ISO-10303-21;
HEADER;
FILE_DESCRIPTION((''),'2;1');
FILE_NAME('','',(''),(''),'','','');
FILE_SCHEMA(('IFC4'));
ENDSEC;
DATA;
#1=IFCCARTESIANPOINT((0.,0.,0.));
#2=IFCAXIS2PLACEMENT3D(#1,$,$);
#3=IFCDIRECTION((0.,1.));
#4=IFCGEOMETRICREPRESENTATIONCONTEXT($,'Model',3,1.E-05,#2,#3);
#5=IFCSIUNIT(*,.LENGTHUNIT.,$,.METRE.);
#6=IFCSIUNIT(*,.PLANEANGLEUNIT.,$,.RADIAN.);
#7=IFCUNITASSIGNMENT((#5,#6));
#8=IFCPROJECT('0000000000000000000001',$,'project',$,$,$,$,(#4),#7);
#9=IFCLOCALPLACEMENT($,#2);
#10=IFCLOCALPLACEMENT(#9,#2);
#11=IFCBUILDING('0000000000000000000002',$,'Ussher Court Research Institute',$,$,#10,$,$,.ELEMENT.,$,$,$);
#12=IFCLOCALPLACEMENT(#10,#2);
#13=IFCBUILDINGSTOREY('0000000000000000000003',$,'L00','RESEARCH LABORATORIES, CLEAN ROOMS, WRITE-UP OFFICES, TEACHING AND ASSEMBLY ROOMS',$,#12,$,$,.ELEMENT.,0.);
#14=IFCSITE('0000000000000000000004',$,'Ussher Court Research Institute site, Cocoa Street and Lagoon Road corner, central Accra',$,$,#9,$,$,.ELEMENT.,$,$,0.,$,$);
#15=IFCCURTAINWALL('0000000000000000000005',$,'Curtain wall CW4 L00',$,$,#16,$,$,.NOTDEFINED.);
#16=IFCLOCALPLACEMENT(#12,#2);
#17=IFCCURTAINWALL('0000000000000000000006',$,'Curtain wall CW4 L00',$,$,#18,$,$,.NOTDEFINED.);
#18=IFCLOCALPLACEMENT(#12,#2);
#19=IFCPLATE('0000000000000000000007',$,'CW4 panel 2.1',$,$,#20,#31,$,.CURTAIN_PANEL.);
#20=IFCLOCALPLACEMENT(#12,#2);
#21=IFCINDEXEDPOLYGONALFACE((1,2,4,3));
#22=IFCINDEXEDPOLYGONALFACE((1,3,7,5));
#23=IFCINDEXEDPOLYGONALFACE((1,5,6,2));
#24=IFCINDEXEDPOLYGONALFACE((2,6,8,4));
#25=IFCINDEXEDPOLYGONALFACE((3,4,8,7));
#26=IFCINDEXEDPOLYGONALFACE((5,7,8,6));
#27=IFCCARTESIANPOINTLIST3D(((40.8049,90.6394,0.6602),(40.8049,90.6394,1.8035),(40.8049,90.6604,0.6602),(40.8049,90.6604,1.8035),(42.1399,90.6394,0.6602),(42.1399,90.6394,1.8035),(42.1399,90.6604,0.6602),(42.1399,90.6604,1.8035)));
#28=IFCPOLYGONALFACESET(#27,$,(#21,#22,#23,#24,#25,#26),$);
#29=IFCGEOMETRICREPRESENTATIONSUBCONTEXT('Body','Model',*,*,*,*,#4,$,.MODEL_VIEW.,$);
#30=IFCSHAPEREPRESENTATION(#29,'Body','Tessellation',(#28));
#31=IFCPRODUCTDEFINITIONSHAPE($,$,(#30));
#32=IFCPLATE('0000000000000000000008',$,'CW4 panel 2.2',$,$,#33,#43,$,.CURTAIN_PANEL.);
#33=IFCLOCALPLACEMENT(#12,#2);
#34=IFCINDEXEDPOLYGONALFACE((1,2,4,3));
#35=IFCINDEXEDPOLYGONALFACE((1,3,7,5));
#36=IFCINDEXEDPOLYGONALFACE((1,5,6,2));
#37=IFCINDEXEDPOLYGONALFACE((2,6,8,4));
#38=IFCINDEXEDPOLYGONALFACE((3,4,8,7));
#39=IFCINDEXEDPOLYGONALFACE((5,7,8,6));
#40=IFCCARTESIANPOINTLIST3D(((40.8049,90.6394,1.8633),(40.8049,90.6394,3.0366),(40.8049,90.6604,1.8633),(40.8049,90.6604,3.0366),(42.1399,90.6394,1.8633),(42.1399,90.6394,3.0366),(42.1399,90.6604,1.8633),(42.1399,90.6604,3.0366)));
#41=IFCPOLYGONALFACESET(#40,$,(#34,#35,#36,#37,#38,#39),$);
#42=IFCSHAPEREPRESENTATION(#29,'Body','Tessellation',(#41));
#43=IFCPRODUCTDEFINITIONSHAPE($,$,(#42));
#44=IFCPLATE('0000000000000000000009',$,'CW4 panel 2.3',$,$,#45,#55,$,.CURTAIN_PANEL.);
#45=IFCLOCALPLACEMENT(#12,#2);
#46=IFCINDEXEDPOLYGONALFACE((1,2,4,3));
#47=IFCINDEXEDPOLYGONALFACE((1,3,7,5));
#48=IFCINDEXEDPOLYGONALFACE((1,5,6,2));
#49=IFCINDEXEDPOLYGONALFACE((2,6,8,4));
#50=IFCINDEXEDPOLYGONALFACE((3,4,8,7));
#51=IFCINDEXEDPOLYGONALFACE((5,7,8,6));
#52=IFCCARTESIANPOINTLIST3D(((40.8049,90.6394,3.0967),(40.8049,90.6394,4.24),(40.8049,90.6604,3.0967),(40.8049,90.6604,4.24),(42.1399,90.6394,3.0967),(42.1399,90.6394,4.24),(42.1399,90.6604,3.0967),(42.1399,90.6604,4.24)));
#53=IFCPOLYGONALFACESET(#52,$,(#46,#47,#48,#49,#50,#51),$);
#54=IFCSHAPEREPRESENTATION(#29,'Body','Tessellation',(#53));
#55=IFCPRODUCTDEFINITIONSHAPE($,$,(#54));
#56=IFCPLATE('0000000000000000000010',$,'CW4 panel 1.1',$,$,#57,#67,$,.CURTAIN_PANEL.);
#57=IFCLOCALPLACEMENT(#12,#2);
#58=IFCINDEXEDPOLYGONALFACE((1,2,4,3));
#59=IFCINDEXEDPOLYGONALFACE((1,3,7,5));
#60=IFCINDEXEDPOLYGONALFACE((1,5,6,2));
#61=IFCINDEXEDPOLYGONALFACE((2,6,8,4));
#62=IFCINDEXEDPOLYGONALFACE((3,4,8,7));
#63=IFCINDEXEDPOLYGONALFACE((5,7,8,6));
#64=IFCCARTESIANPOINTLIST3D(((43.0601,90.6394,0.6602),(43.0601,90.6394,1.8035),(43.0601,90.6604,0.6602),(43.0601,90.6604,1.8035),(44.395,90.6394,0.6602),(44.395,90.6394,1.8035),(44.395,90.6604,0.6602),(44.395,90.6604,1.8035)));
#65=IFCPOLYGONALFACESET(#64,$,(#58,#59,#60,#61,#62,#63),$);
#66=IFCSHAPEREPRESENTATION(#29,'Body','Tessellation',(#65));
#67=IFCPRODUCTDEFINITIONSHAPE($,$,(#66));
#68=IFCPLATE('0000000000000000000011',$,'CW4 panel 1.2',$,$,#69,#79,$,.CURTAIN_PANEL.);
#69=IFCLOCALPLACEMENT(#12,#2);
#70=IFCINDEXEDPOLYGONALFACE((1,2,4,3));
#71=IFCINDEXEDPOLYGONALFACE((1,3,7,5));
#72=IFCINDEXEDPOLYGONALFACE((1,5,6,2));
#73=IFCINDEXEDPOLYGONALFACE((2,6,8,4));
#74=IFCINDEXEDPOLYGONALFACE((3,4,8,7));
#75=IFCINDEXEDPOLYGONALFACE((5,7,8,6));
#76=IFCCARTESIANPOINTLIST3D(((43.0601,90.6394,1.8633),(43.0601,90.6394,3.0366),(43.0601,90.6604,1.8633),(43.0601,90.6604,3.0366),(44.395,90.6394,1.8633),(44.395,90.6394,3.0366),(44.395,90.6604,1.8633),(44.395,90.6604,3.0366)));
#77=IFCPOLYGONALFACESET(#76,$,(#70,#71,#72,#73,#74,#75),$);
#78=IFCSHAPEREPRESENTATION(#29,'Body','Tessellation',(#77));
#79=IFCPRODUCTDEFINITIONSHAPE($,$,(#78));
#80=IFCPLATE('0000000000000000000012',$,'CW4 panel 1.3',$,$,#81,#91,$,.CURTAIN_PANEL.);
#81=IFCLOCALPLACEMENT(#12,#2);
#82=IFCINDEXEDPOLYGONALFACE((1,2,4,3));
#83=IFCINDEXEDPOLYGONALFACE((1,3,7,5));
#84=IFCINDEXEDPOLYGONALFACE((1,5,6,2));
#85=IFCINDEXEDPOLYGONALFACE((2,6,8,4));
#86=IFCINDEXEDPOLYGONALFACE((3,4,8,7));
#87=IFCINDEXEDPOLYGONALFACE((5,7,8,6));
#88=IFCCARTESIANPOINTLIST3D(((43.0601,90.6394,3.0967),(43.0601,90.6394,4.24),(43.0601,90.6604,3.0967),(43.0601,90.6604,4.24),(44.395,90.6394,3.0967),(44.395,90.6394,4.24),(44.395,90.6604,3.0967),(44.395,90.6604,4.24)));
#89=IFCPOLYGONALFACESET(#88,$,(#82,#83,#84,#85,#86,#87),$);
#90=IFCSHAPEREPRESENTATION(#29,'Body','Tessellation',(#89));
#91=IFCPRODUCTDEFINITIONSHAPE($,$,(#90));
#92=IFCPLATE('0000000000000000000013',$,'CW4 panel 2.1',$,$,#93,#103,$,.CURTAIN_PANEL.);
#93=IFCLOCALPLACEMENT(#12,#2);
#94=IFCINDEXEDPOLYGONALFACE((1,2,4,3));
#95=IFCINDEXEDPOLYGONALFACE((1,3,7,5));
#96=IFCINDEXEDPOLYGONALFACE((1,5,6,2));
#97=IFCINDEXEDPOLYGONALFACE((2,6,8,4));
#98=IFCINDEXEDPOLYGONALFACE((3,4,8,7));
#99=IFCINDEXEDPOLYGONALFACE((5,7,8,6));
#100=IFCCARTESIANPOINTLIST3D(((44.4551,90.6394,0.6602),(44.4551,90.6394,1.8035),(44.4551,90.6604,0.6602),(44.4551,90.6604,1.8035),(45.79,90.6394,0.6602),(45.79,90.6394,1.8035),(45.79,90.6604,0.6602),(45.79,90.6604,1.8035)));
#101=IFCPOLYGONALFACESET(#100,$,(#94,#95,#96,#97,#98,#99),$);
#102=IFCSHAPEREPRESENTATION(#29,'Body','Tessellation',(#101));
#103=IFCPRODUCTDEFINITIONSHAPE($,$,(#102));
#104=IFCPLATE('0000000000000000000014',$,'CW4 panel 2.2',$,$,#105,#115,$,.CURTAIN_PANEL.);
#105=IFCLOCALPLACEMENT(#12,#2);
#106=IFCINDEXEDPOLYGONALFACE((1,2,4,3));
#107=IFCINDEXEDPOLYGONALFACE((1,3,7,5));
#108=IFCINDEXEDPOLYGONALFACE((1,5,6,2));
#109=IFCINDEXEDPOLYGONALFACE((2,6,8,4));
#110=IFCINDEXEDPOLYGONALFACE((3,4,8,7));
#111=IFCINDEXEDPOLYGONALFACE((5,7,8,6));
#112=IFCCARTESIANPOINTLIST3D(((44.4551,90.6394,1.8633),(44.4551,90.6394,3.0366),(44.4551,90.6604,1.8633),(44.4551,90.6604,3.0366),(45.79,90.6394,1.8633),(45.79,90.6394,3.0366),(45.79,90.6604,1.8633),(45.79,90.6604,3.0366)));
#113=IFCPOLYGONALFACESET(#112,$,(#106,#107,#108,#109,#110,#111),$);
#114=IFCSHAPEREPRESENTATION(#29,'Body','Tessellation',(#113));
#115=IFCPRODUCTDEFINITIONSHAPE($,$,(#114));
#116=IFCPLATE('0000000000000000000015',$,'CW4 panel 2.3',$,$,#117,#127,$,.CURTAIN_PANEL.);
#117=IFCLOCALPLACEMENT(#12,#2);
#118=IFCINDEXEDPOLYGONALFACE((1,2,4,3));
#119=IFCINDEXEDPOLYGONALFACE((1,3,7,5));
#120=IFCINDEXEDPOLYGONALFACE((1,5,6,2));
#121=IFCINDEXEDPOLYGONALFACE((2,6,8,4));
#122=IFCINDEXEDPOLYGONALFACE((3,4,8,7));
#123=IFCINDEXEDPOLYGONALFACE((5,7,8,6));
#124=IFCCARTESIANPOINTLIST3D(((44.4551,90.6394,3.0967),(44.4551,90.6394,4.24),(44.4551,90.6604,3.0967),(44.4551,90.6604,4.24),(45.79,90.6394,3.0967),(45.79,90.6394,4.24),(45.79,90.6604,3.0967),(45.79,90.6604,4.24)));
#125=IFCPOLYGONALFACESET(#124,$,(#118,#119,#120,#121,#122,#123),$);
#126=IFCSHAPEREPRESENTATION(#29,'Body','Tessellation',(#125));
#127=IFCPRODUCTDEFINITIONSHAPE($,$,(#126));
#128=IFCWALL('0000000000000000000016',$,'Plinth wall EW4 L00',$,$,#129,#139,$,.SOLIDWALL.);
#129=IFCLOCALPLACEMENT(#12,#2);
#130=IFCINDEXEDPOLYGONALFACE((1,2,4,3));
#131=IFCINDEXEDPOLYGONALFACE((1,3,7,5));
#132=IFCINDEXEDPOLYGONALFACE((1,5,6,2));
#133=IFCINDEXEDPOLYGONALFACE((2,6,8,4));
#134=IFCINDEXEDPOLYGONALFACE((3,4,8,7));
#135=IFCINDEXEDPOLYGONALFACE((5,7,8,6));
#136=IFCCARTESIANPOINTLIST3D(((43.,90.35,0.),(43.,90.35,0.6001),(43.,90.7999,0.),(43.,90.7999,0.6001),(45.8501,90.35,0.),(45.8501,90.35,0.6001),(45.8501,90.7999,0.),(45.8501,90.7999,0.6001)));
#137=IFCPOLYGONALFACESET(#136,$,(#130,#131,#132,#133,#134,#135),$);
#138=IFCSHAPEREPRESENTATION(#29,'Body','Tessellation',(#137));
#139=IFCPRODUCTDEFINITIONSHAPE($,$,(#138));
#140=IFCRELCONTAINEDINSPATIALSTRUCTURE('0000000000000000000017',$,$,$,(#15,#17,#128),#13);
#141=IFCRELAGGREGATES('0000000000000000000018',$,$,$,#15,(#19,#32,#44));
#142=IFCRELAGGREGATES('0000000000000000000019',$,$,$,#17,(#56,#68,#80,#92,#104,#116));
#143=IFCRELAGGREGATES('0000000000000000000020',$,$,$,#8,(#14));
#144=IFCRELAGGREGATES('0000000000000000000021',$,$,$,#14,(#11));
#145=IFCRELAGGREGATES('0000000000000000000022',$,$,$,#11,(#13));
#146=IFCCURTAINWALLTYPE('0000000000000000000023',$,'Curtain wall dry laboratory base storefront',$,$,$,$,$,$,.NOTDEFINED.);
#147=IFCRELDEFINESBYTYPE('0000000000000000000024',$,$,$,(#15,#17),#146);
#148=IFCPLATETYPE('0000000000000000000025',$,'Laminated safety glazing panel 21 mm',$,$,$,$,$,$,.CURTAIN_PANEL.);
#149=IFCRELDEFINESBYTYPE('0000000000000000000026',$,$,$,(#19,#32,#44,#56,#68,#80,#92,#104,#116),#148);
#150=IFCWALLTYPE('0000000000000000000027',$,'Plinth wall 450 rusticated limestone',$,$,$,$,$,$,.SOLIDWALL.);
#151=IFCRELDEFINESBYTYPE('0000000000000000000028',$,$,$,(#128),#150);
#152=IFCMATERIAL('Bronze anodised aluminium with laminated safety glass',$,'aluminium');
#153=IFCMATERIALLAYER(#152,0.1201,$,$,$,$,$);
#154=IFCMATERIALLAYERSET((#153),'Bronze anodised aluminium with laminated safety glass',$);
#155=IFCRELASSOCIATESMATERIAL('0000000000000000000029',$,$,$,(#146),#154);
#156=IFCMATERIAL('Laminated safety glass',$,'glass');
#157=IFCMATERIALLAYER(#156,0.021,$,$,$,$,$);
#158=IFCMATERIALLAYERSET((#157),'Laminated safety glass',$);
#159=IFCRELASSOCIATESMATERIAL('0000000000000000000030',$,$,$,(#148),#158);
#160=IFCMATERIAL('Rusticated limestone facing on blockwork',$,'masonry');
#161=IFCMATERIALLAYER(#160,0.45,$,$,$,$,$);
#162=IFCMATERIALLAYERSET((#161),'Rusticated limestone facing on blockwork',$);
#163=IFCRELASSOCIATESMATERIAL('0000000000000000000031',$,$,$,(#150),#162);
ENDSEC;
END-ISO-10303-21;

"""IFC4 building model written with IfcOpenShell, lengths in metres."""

from ifc_helpers import new_model, si_unit, direction, frame, frame_2d, origin, origin_2d, place, context, subcontext, project, spatial, rectangle, extrude, material, layer, layer_set, type_object, element, aggregate, save


model = new_model("IFC4")

# Units and contexts
model_context = context("Model", 3, precision=1e-05, world=origin(), true_north=direction((0.0, 1.0)))
body_context = subcontext(model_context, "Body", "Model", "MODEL_VIEW")
ifc_project = project(units=[si_unit("LENGTHUNIT", "METRE"), si_unit("PLANEANGLEUNIT", "RADIAN")], contexts=[model_context])

# Site, building, storey
site_placement = place(None, origin())
site = spatial("IfcSite", under=ifc_project, at=site_placement, Name="Ussher Court Research Institute site, Cocoa Street and Lagoon Road corner, central Accra", CompositionType="ELEMENT", RefElevation=0.0)
building_placement = place(site_placement, origin())
building = spatial("IfcBuilding", under=site, at=building_placement, Name="Ussher Court Research Institute", CompositionType="ELEMENT")
storey_placement = place(building_placement, origin())
storey = spatial("IfcBuildingStorey", under=building, at=storey_placement, Name="L00", Description="RESEARCH LABORATORIES, CLEAN ROOMS, WRITE-UP OFFICES, TEACHING AND ASSEMBLY ROOMS", CompositionType="ELEMENT", Elevation=0.0)

# Curtain wall
ifc_material_1 = material(Name="Bronze anodised aluminium with laminated safety glass", Category="aluminium")
ifc_layer_1 = layer(ifc_material_1, 0.1201)
ifc_layer_set_1 = layer_set([ifc_layer_1], Name="Bronze anodised aluminium with laminated safety glass")
curtain_wall_type = type_object("IfcCurtainWallType", Name="Curtain wall dry laboratory base storefront", PredefinedType="NOTDEFINED", material=ifc_layer_set_1)
curtain_wall_1_placement = place(storey_placement, origin())
curtain_wall_1 = element("IfcCurtainWall", 1, at=curtain_wall_1_placement, inside=storey, type_object=curtain_wall_type, Name="Curtain wall CW4 L00", PredefinedType="NOTDEFINED")

# Curtain wall
curtain_wall_2_placement = place(storey_placement, origin())
curtain_wall_2 = element("IfcCurtainWall", 2, at=curtain_wall_2_placement, inside=storey, type_object=curtain_wall_type, Name="Curtain wall CW4 L00", PredefinedType="NOTDEFINED")

# Plates
ifc_material_2 = material(Name="Laminated safety glass", Category="glass")
ifc_layer_2 = layer(ifc_material_2, 0.021)
ifc_layer_set_2 = layer_set([ifc_layer_2], Name="Laminated safety glass")
plate_type = type_object("IfcPlateType", Name="Laminated safety glazing panel 21 mm", PredefinedType="CURTAIN_PANEL", material=ifc_layer_set_2)
plate_1_placement = place(storey_placement, frame((41.4724, 90.6499, 0.6602), z_axis=(0.0, 0.0, 1.0), x_axis=(1.0, 0.0, 0.0)))
plate_1 = element("IfcPlate", 3, at=plate_1_placement, type_object=plate_type, Name="CW4 panel 2.1", PredefinedType="CURTAIN_PANEL", context=body_context, shape_type="SweptSolid", body=[
    extrude(rectangle(XDim=1.335, YDim=0.021, at=origin_2d()), origin(), (0.0, 0.0, 1.0), 1.1433),
])
plate_2_placement = place(storey_placement, frame((41.4724, 90.6499, 1.8633), z_axis=(0.0, 0.0, 1.0), x_axis=(1.0, 0.0, 0.0)))
plate_2 = element("IfcPlate", 4, at=plate_2_placement, type_object=plate_type, Name="CW4 panel 2.2", PredefinedType="CURTAIN_PANEL", context=body_context, shape_type="SweptSolid", body=[
    extrude(rectangle(XDim=1.335, YDim=0.021, at=origin_2d()), origin(), (0.0, 0.0, 1.0), 1.1733),
])
plate_3_placement = place(storey_placement, frame((41.4724, 90.6499, 3.0967), z_axis=(0.0, 0.0, 1.0), x_axis=(1.0, 0.0, 0.0)))
plate_3 = element("IfcPlate", 5, at=plate_3_placement, type_object=plate_type, Name="CW4 panel 2.3", PredefinedType="CURTAIN_PANEL", context=body_context, shape_type="SweptSolid", body=[
    extrude(rectangle(XDim=1.335, YDim=0.021, at=origin_2d()), origin(), (0.0, 0.0, 1.0), 1.1433),
])
aggregate(curtain_wall_1, [plate_1, plate_2, plate_3])
plate_4_placement = place(storey_placement, frame((43.7275, 90.6499, 0.6602), z_axis=(0.0, 0.0, 1.0), x_axis=(1.0, 0.0, 0.0)))
plate_4 = element("IfcPlate", 6, at=plate_4_placement, type_object=plate_type, Name="CW4 panel 1.1", PredefinedType="CURTAIN_PANEL", context=body_context, shape_type="SweptSolid", body=[
    extrude(rectangle(XDim=1.335, YDim=0.021, at=origin_2d()), origin(), (0.0, 0.0, 1.0), 1.1433),
])
plate_5_placement = place(storey_placement, frame((43.7275, 90.6499, 1.8633), z_axis=(0.0, 0.0, 1.0), x_axis=(1.0, 0.0, 0.0)))
plate_5 = element("IfcPlate", 7, at=plate_5_placement, type_object=plate_type, Name="CW4 panel 1.2", PredefinedType="CURTAIN_PANEL", context=body_context, shape_type="SweptSolid", body=[
    extrude(rectangle(XDim=1.335, YDim=0.021, at=origin_2d()), origin(), (0.0, 0.0, 1.0), 1.1733),
])
plate_6_placement = place(storey_placement, frame((43.7275, 90.6499, 3.0967), z_axis=(0.0, 0.0, 1.0), x_axis=(1.0, 0.0, 0.0)))
plate_6 = element("IfcPlate", 8, at=plate_6_placement, type_object=plate_type, Name="CW4 panel 1.3", PredefinedType="CURTAIN_PANEL", context=body_context, shape_type="SweptSolid", body=[
    extrude(rectangle(XDim=1.335, YDim=0.021, at=origin_2d()), origin(), (0.0, 0.0, 1.0), 1.1433),
])
plate_7_placement = place(storey_placement, frame((45.1226, 90.6499, 0.6602), z_axis=(0.0, 0.0, 1.0), x_axis=(1.0, 0.0, 0.0)))
plate_7 = element("IfcPlate", 9, at=plate_7_placement, type_object=plate_type, Name="CW4 panel 2.1", PredefinedType="CURTAIN_PANEL", context=body_context, shape_type="SweptSolid", body=[
    extrude(rectangle(XDim=1.335, YDim=0.021, at=origin_2d()), origin(), (0.0, 0.0, 1.0), 1.1433),
])
plate_8_placement = place(storey_placement, frame((45.1226, 90.6499, 1.8633), z_axis=(0.0, 0.0, 1.0), x_axis=(1.0, 0.0, 0.0)))
plate_8 = element("IfcPlate", 10, at=plate_8_placement, type_object=plate_type, Name="CW4 panel 2.2", PredefinedType="CURTAIN_PANEL", context=body_context, shape_type="SweptSolid", body=[
    extrude(rectangle(XDim=1.335, YDim=0.021, at=origin_2d()), origin(), (0.0, 0.0, 1.0), 1.1733),
])
plate_9_placement = place(storey_placement, frame((45.1226, 90.6499, 3.0967), z_axis=(0.0, 0.0, 1.0), x_axis=(1.0, 0.0, 0.0)))
plate_9 = element("IfcPlate", 11, at=plate_9_placement, type_object=plate_type, Name="CW4 panel 2.3", PredefinedType="CURTAIN_PANEL", context=body_context, shape_type="SweptSolid", body=[
    extrude(rectangle(XDim=1.335, YDim=0.021, at=origin_2d()), origin(), (0.0, 0.0, 1.0), 1.1433),
])
aggregate(curtain_wall_2, [plate_4, plate_5, plate_6, plate_7, plate_8, plate_9])

# Wall
ifc_material_3 = material(Name="Rusticated limestone facing on blockwork", Category="masonry")
ifc_layer_3 = layer(ifc_material_3, 0.45)
ifc_layer_set_3 = layer_set([ifc_layer_3], Name="Rusticated limestone facing on blockwork")
wall_type = type_object("IfcWallType", Name="Plinth wall 450 rusticated limestone", PredefinedType="SOLIDWALL", material=ifc_layer_set_3)
wall_placement = place(storey_placement, frame((43.0, 90.575, 0.0), z_axis=(0.0, 0.0, 1.0), x_axis=(1.0, 0.0, 0.0)))
element("IfcWall", 12, at=wall_placement, inside=storey, type_object=wall_type, Name="Plinth wall EW4 L00", PredefinedType="SOLIDWALL", context=body_context, shape_type="SweptSolid", body=[
    extrude(rectangle(XDim=2.8501, YDim=0.45, at=frame_2d((1.425, 0.0))), origin(), (0.0, 0.0, 1.0), 0.6001),
])

save(model, "model.ifc")
